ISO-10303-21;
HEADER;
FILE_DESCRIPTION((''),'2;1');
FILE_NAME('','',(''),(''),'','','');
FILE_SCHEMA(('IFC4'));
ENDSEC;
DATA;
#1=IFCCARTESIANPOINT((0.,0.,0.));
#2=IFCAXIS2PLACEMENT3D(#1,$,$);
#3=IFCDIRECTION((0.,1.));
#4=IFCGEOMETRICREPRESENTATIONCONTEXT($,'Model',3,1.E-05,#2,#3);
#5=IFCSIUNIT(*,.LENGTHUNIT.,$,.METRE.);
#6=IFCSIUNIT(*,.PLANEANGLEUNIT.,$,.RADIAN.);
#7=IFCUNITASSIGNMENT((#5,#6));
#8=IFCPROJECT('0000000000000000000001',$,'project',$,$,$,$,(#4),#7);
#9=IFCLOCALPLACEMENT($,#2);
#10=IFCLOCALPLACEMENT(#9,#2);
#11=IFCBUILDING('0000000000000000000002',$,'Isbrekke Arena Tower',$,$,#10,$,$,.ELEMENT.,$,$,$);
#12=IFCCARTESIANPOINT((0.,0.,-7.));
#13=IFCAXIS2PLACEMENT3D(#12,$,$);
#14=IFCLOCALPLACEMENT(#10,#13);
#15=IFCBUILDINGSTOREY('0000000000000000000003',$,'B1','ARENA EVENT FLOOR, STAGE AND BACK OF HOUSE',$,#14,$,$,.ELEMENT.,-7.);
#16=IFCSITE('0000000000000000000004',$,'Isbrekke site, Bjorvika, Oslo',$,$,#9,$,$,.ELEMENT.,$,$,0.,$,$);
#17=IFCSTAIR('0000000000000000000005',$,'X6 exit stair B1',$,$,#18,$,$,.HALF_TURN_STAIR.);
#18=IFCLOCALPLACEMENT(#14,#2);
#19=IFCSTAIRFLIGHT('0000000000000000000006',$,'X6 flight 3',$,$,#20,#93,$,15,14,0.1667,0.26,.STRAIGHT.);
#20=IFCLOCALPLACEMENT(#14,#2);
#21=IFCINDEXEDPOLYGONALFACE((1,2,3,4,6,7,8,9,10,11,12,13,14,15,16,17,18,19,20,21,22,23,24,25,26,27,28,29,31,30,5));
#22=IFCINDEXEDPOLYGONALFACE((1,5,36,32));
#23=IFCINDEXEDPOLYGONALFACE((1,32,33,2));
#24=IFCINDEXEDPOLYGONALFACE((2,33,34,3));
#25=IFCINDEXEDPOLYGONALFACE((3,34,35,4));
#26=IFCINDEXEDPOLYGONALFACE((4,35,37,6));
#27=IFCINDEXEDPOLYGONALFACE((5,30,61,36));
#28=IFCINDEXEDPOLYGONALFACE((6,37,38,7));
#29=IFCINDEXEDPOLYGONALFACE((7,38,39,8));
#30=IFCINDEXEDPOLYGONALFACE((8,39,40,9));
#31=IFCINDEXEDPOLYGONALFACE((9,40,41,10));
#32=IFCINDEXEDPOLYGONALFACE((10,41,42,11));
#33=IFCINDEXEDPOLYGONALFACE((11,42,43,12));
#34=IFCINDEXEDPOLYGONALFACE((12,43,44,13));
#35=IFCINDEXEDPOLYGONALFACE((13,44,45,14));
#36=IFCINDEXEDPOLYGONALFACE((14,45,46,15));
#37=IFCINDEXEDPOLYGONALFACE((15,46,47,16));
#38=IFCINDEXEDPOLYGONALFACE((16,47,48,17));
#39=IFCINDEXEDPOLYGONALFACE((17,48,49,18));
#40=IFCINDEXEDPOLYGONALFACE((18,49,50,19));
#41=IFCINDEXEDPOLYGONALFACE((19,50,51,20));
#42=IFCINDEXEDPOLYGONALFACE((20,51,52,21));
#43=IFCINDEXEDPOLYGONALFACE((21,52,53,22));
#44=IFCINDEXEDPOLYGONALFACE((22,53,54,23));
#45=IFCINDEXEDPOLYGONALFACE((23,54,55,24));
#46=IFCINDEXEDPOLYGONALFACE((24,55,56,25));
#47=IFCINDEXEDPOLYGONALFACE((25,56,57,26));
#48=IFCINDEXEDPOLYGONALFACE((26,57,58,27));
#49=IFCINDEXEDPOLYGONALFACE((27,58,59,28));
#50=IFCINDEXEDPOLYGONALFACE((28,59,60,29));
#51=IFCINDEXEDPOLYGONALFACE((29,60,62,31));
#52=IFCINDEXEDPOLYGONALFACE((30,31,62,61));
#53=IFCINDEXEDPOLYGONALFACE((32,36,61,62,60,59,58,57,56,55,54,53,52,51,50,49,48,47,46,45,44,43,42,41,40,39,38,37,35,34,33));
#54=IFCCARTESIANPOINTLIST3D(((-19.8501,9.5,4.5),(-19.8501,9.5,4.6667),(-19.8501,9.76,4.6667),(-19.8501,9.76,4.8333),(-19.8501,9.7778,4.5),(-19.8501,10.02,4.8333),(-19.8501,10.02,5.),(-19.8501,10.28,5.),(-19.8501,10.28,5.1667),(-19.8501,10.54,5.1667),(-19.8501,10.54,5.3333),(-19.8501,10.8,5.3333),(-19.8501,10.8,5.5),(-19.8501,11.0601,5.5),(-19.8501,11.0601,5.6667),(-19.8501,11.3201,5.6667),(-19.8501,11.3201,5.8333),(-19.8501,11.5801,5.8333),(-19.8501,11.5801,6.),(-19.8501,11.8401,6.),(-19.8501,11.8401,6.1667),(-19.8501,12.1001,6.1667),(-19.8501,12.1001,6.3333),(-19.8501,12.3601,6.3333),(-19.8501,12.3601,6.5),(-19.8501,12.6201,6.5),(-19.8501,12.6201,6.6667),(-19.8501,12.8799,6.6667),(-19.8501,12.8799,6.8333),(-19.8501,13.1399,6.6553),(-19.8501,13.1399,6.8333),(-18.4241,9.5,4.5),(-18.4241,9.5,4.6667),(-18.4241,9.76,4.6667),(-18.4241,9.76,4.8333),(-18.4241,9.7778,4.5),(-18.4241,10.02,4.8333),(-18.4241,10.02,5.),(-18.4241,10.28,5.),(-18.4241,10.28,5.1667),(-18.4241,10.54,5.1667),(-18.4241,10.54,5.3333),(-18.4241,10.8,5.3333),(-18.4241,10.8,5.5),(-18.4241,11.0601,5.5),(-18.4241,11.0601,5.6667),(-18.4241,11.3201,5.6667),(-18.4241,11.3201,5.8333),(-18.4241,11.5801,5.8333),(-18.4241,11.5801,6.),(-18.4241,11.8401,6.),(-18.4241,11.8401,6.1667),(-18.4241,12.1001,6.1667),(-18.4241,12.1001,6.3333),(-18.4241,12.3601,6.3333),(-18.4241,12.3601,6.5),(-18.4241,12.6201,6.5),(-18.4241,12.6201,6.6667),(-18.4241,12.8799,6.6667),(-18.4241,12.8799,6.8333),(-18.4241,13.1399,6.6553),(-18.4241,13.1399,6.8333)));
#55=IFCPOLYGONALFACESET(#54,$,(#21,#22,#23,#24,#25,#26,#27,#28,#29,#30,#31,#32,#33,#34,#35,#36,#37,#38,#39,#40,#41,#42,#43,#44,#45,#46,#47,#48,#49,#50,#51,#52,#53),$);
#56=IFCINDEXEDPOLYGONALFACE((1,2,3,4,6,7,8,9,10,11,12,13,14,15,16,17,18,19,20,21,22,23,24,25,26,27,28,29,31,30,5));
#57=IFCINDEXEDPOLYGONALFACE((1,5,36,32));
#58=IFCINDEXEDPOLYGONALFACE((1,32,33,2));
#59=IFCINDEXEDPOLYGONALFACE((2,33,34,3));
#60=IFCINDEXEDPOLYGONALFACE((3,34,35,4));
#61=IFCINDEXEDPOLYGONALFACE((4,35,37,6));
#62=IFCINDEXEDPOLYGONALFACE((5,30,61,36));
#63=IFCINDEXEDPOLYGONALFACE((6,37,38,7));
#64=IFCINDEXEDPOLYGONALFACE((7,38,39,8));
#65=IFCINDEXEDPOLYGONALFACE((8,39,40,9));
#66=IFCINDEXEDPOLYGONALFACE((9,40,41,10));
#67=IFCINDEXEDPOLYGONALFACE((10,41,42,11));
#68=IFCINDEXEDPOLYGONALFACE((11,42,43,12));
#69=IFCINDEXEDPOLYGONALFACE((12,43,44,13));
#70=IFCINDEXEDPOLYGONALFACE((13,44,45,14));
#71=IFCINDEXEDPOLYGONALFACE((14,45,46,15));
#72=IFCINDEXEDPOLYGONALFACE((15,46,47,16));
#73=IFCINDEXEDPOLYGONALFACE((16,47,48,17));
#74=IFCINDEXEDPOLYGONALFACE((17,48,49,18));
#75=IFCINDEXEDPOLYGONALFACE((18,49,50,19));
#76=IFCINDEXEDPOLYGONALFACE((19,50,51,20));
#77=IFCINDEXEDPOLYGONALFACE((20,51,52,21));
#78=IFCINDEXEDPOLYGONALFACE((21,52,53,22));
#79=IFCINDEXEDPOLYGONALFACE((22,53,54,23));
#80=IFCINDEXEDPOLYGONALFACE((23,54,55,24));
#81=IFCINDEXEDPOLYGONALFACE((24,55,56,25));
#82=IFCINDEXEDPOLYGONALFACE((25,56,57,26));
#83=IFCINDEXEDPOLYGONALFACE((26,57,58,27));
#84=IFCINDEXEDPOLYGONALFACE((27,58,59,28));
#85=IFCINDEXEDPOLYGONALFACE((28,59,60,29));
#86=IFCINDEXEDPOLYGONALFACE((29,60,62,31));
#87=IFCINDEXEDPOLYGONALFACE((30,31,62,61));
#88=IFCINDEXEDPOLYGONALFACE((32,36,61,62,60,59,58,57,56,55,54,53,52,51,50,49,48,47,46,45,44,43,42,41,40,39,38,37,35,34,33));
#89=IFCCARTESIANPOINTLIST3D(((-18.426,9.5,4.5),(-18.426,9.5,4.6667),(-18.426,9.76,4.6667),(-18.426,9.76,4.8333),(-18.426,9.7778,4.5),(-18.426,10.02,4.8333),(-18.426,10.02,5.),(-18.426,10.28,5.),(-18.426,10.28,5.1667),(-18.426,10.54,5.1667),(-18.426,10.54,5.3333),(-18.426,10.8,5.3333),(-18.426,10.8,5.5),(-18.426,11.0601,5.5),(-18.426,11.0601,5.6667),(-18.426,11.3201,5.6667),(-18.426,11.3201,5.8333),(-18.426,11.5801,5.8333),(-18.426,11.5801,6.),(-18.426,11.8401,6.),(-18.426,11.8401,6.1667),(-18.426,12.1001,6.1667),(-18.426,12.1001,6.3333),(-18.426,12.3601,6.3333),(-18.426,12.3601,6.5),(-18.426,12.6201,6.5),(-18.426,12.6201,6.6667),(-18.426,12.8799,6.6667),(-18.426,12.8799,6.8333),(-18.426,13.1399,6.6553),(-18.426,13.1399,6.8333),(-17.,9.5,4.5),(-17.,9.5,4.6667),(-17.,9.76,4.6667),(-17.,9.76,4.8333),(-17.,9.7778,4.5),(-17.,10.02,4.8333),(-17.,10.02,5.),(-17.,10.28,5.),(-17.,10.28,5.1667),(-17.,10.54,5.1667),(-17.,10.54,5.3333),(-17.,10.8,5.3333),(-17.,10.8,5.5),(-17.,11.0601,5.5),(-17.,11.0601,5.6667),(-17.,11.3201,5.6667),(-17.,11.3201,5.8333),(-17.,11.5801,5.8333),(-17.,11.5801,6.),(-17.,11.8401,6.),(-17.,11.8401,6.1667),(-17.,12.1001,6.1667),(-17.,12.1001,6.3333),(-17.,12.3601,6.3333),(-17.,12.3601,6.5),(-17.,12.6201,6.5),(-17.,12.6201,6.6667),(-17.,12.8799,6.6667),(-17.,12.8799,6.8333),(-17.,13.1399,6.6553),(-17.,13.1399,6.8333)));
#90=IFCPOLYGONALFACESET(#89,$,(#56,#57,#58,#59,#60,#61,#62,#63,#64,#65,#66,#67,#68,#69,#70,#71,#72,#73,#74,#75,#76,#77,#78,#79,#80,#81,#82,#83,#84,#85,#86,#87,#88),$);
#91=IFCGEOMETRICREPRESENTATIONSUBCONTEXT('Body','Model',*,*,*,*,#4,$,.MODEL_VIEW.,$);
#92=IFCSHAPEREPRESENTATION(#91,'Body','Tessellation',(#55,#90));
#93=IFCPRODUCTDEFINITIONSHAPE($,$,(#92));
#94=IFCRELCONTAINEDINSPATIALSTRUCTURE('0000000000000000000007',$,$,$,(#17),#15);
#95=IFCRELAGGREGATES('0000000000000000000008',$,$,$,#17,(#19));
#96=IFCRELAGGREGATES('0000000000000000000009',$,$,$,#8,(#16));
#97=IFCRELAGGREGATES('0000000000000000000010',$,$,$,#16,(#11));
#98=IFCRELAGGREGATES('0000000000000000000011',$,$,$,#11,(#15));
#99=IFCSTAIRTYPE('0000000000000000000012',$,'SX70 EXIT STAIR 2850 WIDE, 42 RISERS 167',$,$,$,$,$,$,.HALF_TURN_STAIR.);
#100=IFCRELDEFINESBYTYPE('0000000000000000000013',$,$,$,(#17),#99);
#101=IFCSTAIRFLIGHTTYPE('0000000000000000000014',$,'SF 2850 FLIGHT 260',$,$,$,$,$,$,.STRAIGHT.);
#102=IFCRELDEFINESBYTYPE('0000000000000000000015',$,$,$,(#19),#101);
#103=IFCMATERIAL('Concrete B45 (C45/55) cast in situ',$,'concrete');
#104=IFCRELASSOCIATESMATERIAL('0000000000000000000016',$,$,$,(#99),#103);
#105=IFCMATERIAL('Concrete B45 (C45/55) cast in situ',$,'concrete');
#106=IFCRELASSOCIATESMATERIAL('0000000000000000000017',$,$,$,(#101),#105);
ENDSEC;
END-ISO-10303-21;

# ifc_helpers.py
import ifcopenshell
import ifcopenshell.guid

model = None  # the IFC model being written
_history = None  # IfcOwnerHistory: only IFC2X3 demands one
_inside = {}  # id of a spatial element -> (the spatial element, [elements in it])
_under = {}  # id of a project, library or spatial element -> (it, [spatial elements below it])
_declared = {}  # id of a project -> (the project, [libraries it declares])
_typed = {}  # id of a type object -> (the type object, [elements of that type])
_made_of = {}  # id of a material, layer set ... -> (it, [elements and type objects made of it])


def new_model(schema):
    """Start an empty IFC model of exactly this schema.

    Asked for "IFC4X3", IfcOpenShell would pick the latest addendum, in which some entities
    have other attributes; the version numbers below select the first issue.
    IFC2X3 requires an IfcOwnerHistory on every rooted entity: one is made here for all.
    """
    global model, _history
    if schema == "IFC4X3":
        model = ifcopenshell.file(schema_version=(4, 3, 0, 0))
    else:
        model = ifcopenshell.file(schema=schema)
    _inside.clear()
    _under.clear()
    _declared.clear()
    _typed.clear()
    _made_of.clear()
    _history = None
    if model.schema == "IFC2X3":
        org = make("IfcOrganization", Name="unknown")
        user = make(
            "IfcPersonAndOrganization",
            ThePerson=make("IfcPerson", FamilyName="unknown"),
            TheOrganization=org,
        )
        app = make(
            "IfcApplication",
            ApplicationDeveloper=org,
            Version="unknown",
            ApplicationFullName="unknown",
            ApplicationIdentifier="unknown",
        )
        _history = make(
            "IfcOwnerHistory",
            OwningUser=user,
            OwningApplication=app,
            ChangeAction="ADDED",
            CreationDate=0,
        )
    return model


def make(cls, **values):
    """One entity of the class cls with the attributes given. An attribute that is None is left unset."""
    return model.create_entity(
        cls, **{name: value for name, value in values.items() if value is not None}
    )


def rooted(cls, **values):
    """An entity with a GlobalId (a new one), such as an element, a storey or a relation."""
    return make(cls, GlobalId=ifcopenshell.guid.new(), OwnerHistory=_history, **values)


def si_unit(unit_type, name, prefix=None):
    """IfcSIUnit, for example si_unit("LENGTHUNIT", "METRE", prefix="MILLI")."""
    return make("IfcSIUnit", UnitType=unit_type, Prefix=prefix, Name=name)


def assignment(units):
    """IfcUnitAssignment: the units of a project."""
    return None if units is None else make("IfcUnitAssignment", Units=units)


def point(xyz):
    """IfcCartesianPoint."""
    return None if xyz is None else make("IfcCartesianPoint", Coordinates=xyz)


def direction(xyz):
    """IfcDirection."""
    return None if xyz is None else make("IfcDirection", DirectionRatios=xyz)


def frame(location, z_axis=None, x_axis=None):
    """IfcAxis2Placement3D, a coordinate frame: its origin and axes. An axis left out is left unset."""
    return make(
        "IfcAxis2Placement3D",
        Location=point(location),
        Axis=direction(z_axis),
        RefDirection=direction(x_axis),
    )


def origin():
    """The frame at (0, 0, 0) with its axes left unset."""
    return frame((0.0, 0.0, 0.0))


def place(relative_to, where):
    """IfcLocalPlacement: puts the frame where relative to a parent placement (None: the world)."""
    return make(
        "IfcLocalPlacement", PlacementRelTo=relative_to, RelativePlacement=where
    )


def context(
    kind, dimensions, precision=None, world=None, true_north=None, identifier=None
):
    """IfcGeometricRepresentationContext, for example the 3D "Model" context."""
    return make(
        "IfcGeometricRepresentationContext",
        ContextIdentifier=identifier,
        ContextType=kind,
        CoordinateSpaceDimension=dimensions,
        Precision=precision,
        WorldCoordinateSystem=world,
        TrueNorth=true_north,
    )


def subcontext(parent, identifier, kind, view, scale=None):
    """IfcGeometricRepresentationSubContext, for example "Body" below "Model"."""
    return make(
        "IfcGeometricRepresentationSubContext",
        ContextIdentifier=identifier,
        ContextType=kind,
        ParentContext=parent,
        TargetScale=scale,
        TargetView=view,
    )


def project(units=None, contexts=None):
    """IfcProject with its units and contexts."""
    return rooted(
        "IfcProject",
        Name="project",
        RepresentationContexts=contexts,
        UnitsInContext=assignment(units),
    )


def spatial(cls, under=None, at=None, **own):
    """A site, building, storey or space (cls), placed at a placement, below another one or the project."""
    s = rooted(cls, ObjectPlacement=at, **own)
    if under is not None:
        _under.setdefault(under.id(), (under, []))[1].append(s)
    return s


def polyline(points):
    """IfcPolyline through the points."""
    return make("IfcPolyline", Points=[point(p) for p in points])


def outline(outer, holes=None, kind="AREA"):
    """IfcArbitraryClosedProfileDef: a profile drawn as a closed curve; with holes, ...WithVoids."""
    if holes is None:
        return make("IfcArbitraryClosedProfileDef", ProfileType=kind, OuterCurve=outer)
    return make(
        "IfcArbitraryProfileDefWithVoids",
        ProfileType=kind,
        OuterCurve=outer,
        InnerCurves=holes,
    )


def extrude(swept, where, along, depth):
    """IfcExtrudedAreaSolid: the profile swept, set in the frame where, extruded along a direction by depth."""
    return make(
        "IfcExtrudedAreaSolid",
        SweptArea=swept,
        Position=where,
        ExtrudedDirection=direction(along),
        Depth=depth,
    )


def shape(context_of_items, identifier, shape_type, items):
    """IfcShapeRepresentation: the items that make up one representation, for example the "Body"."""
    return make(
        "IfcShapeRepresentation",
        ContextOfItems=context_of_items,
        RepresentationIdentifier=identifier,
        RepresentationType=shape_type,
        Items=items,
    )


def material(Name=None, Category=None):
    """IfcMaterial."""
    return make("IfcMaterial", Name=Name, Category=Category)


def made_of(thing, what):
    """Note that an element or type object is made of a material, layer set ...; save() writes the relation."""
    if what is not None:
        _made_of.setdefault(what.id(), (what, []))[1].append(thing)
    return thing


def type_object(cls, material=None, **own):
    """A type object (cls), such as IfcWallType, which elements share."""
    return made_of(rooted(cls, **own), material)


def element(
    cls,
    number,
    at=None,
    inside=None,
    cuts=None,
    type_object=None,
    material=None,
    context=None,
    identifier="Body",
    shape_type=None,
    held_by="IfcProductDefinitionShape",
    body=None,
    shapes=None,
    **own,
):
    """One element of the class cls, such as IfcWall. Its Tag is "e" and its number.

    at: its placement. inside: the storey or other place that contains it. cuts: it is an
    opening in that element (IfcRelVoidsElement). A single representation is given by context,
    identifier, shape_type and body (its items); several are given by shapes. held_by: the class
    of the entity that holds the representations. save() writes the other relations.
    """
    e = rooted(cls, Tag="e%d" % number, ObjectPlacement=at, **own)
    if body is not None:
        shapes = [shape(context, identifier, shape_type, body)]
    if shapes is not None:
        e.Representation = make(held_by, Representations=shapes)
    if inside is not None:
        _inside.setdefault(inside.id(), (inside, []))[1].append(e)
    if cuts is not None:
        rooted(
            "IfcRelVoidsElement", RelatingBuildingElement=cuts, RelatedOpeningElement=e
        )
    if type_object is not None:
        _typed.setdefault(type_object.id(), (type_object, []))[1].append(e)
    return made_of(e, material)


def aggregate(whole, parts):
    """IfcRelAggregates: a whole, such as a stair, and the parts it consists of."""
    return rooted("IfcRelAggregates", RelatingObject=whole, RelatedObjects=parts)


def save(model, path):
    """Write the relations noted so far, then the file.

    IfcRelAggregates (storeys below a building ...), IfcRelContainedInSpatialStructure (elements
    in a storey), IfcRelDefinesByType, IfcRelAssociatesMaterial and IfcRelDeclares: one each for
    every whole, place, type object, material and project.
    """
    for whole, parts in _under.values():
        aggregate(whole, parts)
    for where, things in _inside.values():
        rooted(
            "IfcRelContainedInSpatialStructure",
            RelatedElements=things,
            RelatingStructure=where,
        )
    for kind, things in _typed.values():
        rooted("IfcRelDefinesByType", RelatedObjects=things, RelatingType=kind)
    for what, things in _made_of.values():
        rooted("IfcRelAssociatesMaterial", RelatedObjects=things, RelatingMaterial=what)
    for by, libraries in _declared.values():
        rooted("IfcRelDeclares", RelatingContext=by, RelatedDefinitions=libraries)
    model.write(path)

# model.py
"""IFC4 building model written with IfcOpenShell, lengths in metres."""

from ifc_helpers import new_model, si_unit, direction, frame, origin, place, context, subcontext, project, spatial, polyline, outline, extrude, material, type_object, element, aggregate, save


model = new_model("IFC4")

# Units and contexts
model_context = context("Model", 3, precision=1e-05, world=origin(), true_north=direction((0.0, 1.0)))
body_context = subcontext(model_context, "Body", "Model", "MODEL_VIEW")
ifc_project = project(units=[si_unit("LENGTHUNIT", "METRE"), si_unit("PLANEANGLEUNIT", "RADIAN")], contexts=[model_context])

# Site, building, storey
site_placement = place(None, origin())
site = spatial("IfcSite", under=ifc_project, at=site_placement, Name="Isbrekke site, Bjorvika, Oslo", CompositionType="ELEMENT", RefElevation=0.0)
building_placement = place(site_placement, origin())
building = spatial("IfcBuilding", under=site, at=building_placement, Name="Isbrekke Arena Tower", CompositionType="ELEMENT")
storey_placement = place(building_placement, frame((0.0, 0.0, -7.0)))
storey = spatial("IfcBuildingStorey", under=building, at=storey_placement, Name="B1", Description="ARENA EVENT FLOOR, STAGE AND BACK OF HOUSE", CompositionType="ELEMENT", Elevation=-7.0)

# Stair, stair flight
ifc_material_1 = material(Name="Concrete B45 (C45/55) cast in situ", Category="concrete")
stair_type = type_object("IfcStairType", Name="SX70 EXIT STAIR 2850 WIDE, 42 RISERS 167", PredefinedType="HALF_TURN_STAIR", material=ifc_material_1)
stair_placement = place(storey_placement, origin())
stair = element("IfcStair", 1, at=stair_placement, inside=storey, type_object=stair_type, Name="X6 exit stair B1", PredefinedType="HALF_TURN_STAIR")
ifc_material_2 = material(Name="Concrete B45 (C45/55) cast in situ", Category="concrete")
stair_flight_type = type_object("IfcStairFlightType", Name="SF 2850 FLIGHT 260", PredefinedType="STRAIGHT", material=ifc_material_2)
stair_flight_1_placement = place(storey_placement, frame((-18.425, 9.5, 4.5), z_axis=(0.0, 0.0, 1.0), x_axis=(0.0, 1.0, 0.0)))
stair_flight_1 = element("IfcStairFlight", 2, at=stair_flight_1_placement, type_object=stair_flight_type, Name="X6 flight 3", NumberOfRisers=15, NumberOfTreads=14, PredefinedType="STRAIGHT", RiserHeight=0.1667, TreadLength=0.26, context=body_context, shape_type="SweptSolid", body=[
    extrude(outline(polyline([(0.0, 0.0), (0.0, 0.1667), (0.26, 0.1667), (0.26, 0.3333), (0.52, 0.3333), (0.52, 0.5), (0.78, 0.5), (0.78, 0.6667), (1.04, 0.6667), (1.04, 0.8333), (1.3, 0.8333), (1.3, 1.0), (1.5601, 1.0), (1.5601, 1.1667), (1.8201, 1.1667), (1.8201, 1.3333), (2.0801, 1.3333), (2.0801, 1.5), (2.3401, 1.5), (2.3401, 1.6667), (2.6001, 1.6667), (2.6001, 1.8333), (2.8601, 1.8333), (2.8601, 2.0), (3.1201, 2.0), (3.1201, 2.1667), (3.3799, 2.1667), (3.3799, 2.3333), (3.6399, 2.3333), (3.6399, 2.5), (3.6399, 2.1553), (0.2778, 0.0), (0.0, 0.0)])), frame((0.0, 1.425, 0.0), z_axis=(0.0, -1.0, 0.0), x_axis=(1.0, 0.0, 0.0)), (0.0, 0.0, 1.0), 1.426),
    extrude(outline(polyline([(0.0, 0.0), (0.0, 0.1667), (0.26, 0.1667), (0.26, 0.3333), (0.52, 0.3333), (0.52, 0.5), (0.78, 0.5), (0.78, 0.6667), (1.04, 0.6667), (1.04, 0.8333), (1.3, 0.8333), (1.3, 1.0), (1.5601, 1.0), (1.5601, 1.1667), (1.8201, 1.1667), (1.8201, 1.3333), (2.0801, 1.3333), (2.0801, 1.5), (2.3401, 1.5), (2.3401, 1.6667), (2.6001, 1.6667), (2.6001, 1.8333), (2.8601, 1.8333), (2.8601, 2.0), (3.1201, 2.0), (3.1201, 2.1667), (3.3799, 2.1667), (3.3799, 2.3333), (3.6399, 2.3333), (3.6399, 2.5), (3.6399, 2.1553), (0.2778, 0.0), (0.0, 0.0)])), frame((0.0, 0.001, 0.0), z_axis=(0.0, -1.0, 0.0), x_axis=(1.0, 0.0, 0.0)), (0.0, 0.0, 1.0), 1.426),
])
aggregate(stair, [stair_flight_1])

save(model, "model.ifc")
